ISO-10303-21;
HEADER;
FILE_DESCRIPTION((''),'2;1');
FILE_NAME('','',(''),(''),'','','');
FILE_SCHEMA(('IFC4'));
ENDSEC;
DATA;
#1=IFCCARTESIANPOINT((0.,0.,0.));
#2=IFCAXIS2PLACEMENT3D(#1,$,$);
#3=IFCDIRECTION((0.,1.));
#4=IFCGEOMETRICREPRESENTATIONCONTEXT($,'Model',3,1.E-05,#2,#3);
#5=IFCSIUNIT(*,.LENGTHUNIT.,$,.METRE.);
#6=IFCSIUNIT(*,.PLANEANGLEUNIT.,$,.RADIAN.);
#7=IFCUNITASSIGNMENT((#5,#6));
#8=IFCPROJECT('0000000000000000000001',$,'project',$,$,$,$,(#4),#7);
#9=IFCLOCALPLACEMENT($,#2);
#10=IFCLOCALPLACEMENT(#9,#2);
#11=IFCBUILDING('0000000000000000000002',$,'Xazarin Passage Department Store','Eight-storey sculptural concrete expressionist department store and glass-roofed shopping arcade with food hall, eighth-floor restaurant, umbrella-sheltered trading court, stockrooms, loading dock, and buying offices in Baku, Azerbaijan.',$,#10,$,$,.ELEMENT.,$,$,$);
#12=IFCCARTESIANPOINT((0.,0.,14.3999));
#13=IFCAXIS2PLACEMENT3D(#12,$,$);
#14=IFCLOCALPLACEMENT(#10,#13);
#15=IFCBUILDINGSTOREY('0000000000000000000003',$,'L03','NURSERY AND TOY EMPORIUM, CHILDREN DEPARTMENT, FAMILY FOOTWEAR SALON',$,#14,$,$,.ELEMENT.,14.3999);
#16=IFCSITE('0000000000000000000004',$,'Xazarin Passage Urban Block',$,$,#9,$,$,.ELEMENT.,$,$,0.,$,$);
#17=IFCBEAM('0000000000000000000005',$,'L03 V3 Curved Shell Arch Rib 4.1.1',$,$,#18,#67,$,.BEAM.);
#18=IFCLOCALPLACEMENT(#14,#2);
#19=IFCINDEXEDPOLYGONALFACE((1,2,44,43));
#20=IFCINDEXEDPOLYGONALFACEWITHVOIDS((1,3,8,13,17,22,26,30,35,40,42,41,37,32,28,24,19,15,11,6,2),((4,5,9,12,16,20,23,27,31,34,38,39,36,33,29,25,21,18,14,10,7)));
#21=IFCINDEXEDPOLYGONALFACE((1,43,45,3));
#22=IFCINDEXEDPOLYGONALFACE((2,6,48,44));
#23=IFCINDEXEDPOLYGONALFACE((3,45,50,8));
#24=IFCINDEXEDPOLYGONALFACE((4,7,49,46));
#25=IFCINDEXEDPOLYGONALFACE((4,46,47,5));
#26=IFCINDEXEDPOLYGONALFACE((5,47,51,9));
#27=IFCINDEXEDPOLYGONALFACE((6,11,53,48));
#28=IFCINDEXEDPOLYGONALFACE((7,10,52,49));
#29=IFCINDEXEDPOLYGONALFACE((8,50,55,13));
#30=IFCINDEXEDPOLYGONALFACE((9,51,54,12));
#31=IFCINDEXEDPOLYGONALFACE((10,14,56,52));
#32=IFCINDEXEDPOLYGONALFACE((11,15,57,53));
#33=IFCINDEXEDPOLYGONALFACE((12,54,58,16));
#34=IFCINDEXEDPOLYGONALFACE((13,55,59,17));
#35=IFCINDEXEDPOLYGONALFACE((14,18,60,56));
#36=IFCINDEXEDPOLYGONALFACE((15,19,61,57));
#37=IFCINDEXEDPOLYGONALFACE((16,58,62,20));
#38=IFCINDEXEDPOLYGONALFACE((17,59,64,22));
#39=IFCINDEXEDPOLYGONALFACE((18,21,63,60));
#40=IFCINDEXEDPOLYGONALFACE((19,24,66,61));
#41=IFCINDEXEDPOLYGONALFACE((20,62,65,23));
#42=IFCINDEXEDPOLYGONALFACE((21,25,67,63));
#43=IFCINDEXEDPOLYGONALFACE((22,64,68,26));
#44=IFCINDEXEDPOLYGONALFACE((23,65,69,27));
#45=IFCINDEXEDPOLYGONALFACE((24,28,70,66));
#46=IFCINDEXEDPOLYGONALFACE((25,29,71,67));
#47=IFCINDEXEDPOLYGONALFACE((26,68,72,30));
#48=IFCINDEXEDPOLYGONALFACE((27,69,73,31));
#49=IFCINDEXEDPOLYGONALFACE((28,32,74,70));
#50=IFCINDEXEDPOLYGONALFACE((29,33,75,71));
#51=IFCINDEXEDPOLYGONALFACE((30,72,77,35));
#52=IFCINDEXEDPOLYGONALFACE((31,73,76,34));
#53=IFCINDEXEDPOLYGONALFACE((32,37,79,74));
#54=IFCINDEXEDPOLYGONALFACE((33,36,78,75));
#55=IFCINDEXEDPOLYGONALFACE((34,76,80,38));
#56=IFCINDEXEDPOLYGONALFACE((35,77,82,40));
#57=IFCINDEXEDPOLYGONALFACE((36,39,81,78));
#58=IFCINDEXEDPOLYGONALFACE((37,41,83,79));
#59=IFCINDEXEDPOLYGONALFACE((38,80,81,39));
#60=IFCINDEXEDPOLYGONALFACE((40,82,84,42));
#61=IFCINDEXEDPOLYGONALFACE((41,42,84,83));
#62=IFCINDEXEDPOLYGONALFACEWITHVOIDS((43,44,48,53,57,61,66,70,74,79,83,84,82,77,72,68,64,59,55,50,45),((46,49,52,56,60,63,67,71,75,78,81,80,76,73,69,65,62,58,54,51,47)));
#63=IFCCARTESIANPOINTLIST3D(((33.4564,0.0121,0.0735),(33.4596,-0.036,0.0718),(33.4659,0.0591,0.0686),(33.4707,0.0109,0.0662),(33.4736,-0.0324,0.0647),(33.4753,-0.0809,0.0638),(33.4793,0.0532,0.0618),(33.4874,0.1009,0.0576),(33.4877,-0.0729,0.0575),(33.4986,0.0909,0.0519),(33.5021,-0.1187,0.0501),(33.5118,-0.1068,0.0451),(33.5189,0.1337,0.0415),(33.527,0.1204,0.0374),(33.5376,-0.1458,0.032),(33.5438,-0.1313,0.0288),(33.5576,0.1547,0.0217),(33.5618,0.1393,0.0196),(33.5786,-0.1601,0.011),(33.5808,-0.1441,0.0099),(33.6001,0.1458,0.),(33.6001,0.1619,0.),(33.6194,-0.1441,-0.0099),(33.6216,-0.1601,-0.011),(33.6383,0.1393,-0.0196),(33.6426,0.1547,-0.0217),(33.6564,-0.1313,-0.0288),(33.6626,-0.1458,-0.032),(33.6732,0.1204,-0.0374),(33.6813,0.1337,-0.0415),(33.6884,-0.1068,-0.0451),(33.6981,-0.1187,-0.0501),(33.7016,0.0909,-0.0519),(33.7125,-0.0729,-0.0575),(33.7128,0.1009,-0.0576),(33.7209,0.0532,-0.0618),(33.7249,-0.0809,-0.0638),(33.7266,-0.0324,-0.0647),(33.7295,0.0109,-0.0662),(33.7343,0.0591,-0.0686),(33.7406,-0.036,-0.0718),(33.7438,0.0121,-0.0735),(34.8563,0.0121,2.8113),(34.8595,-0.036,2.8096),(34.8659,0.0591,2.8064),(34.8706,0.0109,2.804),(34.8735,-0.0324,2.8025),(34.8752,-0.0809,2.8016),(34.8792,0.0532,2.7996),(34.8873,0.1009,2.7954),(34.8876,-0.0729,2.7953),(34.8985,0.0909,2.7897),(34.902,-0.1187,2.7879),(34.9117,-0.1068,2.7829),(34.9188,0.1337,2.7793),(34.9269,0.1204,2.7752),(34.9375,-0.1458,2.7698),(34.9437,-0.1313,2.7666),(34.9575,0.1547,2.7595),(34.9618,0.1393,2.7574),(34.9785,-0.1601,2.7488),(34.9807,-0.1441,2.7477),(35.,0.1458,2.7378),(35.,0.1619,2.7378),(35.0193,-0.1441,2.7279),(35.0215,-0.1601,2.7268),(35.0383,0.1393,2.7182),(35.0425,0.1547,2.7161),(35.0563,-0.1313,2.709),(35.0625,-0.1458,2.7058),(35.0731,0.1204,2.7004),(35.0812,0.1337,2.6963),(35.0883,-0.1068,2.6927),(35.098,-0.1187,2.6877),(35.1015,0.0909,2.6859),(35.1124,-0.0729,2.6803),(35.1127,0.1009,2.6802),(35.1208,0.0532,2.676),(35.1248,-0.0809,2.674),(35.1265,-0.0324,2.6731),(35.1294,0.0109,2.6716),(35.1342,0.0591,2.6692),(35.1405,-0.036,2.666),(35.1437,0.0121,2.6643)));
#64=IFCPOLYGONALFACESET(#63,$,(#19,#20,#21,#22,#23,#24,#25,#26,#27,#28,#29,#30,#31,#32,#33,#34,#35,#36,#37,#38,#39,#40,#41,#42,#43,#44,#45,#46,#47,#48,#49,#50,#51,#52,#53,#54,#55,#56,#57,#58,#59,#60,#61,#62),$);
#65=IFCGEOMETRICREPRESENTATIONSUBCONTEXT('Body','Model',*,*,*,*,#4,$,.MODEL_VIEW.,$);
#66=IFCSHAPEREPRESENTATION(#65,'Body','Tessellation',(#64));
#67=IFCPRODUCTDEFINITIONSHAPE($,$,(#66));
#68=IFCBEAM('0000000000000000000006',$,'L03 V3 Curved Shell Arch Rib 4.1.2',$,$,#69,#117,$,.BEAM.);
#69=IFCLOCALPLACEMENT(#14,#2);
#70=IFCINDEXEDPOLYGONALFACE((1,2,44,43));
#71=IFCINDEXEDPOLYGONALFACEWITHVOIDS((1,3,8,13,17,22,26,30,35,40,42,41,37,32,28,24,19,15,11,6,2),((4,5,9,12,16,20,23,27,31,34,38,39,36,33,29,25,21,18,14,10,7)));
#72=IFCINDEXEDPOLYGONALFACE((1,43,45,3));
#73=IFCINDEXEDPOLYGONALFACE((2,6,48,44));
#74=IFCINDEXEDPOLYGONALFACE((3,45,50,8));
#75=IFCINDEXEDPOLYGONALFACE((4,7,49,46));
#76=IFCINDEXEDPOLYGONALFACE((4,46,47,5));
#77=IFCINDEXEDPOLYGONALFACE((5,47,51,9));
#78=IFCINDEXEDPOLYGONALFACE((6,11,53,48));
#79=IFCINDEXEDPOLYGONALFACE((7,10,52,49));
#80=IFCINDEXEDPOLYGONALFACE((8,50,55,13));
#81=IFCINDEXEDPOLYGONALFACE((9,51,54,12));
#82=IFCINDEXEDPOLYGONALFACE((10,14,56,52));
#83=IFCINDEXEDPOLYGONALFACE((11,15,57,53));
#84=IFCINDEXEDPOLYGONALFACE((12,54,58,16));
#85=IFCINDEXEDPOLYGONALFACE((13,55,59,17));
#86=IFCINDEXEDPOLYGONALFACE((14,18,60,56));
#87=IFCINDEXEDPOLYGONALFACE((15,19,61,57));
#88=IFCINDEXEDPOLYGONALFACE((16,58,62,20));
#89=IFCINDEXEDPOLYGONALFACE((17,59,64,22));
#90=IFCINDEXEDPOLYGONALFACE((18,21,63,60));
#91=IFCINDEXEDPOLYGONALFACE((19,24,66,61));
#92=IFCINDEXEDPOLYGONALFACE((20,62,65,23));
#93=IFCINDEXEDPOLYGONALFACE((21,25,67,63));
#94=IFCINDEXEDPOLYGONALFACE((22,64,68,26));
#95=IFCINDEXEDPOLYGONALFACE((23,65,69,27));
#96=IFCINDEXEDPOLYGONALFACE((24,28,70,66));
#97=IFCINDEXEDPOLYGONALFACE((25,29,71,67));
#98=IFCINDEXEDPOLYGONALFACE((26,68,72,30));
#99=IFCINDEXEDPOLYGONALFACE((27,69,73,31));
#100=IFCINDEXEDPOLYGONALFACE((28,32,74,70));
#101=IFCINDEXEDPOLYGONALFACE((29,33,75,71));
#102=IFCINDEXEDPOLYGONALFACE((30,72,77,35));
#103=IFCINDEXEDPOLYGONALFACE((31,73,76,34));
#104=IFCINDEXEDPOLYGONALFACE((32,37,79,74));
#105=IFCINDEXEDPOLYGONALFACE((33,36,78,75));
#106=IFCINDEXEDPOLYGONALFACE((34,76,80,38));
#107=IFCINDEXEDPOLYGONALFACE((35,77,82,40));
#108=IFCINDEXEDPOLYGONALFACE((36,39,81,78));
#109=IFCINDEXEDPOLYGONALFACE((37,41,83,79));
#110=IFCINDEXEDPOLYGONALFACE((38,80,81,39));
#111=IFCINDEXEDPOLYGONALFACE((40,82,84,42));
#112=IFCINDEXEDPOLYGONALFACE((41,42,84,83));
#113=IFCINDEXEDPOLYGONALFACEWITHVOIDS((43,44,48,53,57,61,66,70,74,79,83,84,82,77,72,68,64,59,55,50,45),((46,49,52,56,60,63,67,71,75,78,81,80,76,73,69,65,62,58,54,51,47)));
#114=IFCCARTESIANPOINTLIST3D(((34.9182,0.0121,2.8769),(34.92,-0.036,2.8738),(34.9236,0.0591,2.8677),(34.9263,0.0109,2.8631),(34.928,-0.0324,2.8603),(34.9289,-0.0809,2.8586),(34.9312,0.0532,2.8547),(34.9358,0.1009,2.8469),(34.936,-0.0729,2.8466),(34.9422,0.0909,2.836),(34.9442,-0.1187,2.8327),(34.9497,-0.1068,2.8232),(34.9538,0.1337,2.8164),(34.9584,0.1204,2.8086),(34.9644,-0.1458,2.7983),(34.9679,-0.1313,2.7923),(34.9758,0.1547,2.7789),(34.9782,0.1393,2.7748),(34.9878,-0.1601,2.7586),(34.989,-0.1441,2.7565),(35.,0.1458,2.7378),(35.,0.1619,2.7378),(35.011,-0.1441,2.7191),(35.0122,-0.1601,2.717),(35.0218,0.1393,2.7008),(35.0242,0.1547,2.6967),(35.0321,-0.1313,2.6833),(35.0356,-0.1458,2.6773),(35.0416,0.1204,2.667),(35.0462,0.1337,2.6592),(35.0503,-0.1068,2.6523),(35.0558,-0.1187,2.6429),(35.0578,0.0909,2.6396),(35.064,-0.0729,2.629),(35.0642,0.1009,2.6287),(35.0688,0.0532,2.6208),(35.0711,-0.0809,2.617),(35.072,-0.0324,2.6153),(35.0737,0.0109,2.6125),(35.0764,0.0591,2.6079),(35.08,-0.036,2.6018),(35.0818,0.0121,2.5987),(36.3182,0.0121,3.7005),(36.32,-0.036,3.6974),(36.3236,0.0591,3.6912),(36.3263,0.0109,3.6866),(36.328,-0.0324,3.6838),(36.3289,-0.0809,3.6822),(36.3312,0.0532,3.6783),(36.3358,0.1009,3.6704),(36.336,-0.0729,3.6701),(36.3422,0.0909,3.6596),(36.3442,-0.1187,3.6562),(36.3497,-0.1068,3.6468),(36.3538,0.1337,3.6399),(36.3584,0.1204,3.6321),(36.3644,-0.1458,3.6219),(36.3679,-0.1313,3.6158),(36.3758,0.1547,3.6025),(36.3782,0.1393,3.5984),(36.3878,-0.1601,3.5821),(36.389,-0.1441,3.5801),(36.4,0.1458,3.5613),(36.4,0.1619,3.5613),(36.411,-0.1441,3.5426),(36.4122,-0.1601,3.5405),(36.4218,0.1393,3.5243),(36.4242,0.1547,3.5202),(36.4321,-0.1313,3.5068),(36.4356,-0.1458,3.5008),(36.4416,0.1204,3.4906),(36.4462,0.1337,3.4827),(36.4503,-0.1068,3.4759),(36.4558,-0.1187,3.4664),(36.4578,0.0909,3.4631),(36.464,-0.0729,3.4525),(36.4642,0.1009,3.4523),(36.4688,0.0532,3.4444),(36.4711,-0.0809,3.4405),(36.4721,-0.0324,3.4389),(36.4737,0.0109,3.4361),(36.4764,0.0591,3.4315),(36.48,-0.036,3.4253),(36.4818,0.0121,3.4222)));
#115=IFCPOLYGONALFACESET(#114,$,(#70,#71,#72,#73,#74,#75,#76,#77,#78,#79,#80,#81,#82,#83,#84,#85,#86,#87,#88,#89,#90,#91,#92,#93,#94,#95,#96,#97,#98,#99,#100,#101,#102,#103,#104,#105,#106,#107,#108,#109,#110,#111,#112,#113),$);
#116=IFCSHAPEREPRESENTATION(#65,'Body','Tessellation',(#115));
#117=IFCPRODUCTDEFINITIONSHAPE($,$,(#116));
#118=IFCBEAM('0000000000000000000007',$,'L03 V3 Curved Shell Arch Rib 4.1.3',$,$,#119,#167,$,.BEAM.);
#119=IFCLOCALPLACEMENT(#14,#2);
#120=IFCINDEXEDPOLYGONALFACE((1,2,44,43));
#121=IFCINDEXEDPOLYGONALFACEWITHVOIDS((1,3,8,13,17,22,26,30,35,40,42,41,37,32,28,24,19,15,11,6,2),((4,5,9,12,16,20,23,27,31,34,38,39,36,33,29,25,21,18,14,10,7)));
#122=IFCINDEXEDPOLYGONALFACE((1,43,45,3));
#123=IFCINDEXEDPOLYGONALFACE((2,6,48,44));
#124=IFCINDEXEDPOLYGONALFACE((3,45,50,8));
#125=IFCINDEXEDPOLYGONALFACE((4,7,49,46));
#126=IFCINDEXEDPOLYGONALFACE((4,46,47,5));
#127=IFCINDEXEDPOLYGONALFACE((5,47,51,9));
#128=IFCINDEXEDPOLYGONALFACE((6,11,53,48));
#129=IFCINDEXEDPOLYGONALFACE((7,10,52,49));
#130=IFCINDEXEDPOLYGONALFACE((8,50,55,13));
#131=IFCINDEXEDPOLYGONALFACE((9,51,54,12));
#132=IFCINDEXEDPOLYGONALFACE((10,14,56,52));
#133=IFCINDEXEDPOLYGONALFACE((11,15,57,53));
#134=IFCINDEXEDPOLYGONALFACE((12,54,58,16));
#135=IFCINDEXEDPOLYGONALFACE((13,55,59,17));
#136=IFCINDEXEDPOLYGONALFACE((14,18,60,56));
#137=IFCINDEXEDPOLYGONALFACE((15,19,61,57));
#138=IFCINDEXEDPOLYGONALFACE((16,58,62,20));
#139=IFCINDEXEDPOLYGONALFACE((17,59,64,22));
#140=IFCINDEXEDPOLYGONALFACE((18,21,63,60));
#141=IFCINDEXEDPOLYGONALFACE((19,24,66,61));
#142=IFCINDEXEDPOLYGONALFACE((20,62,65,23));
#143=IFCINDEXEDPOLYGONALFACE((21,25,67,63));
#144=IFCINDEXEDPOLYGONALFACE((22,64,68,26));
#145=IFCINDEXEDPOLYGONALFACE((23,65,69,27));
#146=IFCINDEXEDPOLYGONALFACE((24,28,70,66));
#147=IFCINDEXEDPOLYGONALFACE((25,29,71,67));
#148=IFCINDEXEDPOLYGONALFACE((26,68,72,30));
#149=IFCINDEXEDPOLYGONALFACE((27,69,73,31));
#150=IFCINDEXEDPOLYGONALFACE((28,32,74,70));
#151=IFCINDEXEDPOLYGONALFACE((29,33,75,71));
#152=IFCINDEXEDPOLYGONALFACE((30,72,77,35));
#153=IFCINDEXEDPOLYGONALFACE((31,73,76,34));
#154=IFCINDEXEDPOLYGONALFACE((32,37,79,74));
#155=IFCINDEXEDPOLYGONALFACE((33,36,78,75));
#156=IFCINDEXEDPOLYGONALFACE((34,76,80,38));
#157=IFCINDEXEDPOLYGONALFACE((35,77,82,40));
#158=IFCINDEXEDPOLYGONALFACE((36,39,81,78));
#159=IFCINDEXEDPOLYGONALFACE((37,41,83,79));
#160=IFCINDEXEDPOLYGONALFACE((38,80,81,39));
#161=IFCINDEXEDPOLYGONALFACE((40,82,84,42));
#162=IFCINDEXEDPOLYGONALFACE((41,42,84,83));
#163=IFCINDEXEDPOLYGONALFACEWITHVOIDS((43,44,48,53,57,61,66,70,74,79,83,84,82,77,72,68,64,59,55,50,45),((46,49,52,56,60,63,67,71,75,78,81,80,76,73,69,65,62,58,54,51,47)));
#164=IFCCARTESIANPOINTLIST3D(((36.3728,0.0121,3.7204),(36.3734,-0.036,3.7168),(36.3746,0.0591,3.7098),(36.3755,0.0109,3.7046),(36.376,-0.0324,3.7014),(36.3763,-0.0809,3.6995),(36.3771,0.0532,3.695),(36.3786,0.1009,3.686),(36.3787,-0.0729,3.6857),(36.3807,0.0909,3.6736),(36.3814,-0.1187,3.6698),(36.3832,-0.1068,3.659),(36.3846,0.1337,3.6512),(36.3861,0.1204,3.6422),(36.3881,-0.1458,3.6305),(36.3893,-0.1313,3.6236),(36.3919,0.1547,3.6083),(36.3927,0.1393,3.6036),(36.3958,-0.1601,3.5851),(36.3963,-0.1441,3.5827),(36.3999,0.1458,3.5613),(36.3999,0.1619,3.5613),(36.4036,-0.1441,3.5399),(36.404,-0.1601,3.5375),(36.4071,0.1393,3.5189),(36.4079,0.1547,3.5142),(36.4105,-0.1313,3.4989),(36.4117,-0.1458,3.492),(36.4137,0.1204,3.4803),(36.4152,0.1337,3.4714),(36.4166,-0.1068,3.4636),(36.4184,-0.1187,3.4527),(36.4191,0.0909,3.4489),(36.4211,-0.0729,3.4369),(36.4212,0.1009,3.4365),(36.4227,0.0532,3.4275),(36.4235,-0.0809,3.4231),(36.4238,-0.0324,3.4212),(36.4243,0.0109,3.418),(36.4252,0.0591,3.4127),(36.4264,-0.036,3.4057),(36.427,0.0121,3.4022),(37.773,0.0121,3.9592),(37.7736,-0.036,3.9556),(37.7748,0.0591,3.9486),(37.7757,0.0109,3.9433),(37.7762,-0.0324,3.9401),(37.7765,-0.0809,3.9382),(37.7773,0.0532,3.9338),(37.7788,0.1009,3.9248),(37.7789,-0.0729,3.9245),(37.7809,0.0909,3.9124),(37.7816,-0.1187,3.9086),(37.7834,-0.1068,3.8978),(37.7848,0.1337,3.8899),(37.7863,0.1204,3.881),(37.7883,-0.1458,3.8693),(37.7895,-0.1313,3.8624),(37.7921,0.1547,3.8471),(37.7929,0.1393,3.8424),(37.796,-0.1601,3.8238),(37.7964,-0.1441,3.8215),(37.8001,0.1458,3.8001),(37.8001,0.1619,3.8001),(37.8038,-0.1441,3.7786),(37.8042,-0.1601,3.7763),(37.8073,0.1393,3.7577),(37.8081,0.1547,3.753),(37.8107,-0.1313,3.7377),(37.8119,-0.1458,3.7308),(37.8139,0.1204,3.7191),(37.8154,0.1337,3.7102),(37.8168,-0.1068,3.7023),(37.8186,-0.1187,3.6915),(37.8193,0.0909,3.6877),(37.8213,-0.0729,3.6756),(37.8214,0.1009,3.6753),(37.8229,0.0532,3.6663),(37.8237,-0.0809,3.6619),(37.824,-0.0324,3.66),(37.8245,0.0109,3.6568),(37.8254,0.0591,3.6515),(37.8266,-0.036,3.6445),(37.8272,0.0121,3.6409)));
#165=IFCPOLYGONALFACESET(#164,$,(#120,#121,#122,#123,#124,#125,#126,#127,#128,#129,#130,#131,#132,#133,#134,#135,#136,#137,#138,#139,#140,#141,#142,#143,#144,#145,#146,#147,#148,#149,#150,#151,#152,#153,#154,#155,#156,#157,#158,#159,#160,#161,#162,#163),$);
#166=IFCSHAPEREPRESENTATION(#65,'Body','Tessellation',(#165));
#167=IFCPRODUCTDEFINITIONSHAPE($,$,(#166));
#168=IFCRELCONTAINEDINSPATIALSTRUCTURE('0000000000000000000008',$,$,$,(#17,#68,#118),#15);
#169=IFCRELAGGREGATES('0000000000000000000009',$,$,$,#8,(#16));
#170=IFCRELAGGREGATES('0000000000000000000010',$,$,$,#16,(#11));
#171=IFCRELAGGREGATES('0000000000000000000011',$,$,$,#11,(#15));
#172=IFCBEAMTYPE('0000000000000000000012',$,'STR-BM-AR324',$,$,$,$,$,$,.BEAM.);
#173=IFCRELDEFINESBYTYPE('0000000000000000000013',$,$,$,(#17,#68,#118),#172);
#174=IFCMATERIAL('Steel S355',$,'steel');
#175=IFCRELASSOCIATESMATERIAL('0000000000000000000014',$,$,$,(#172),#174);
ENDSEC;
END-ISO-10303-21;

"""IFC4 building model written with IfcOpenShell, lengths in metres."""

from ifc_helpers import new_model, si_unit, direction, frame, origin, origin_2d, place, context, subcontext, project, spatial, hollow_circle, extrude, material, material_profile, profile_set, type_object, element, save


model = new_model("IFC4")

# Units and contexts
model_context = context("Model", 3, precision=1e-05, world=origin(), true_north=direction((0.0, 1.0)))
body_context = subcontext(model_context, "Body", "Model", "MODEL_VIEW")
ifc_project = project(units=[si_unit("LENGTHUNIT", "METRE"), si_unit("PLANEANGLEUNIT", "RADIAN")], contexts=[model_context])

# Site, building, storey
site_placement = place(None, origin())
site = spatial("IfcSite", under=ifc_project, at=site_placement, Name="Xazarin Passage Urban Block", CompositionType="ELEMENT", RefElevation=0.0)
building_placement = place(site_placement, origin())
building = spatial("IfcBuilding", under=site, at=building_placement, Name="Xazarin Passage Department Store", Description="Eight-storey sculptural concrete expressionist department store and glass-roofed shopping arcade with food hall, eighth-floor restaurant, umbrella-sheltered trading court, stockrooms, loading dock, and buying offices in Baku, Azerbaijan.", CompositionType="ELEMENT")
storey_placement = place(building_placement, frame((0.0, 0.0, 14.3999)))
storey = spatial("IfcBuildingStorey", under=building, at=storey_placement, Name="L03", Description="NURSERY AND TOY EMPORIUM, CHILDREN DEPARTMENT, FAMILY FOOTWEAR SALON", CompositionType="ELEMENT", Elevation=14.3999)

# Beams
ifc_material_1 = material(Name="Steel S355", Category="steel")
ifc_material_profile_1 = material_profile(ifc_material_1, hollow_circle(Radius=0.1619, WallThickness=0.0161, at=origin_2d()), Name="CHS 323.9x16")
ifc_profile_set_1 = profile_set([ifc_material_profile_1], Name="Steel S355")
beam_type_1 = type_object("IfcBeamType", Name="STR-BM-AR324", PredefinedType="BEAM", material=ifc_profile_set_1)
for number, where, z_axis, x_axis, name in (
    (1, (33.6001, 0.0, 0.0), (0.455262, 0.0, 0.890357), (0.0, 1.0, 0.0), "L03 V3 Curved Shell Arch Rib 4.1.1"),
):
    element("IfcBeam", number, at=place(storey_placement, frame(where, z_axis=z_axis, x_axis=x_axis)), inside=storey, type_object=beam_type_1, Name=name, PredefinedType="BEAM", context=body_context, shape_type="SweptSolid", body=[
        extrude(hollow_circle(Radius=0.1619, WallThickness=0.0161, at=origin_2d()), origin(), (0.0, 0.0, 1.0), 3.075),
    ])
beam_1_placement = place(storey_placement, frame((35.0, 0.0, 2.7378), z_axis=(0.86193, 0.0, 0.507027), x_axis=(0.0, 1.0, 0.0)))
element("IfcBeam", 2, at=beam_1_placement, inside=storey, type_object=beam_type_1, Name="L03 V3 Curved Shell Arch Rib 4.1.2", PredefinedType="BEAM", context=body_context, shape_type="SweptSolid", body=[
    extrude(hollow_circle(Radius=0.1619, WallThickness=0.0161, at=origin_2d()), origin(), (0.0, 0.0, 1.0), 1.6243),
])
beam_2_placement = place(storey_placement, frame((36.3999, 0.0, 3.5613), z_axis=(0.985769, 0.0, 0.168105), x_axis=(0.0, 1.0, 0.0)))
element("IfcBeam", 3, at=beam_2_placement, inside=storey, type_object=beam_type_1, Name="L03 V3 Curved Shell Arch Rib 4.1.3", PredefinedType="BEAM", context=body_context, shape_type="SweptSolid", body=[
    extrude(hollow_circle(Radius=0.1619, WallThickness=0.0161, at=origin_2d()), origin(), (0.0, 0.0, 1.0), 1.4204),
])

save(model, "model.ifc")
